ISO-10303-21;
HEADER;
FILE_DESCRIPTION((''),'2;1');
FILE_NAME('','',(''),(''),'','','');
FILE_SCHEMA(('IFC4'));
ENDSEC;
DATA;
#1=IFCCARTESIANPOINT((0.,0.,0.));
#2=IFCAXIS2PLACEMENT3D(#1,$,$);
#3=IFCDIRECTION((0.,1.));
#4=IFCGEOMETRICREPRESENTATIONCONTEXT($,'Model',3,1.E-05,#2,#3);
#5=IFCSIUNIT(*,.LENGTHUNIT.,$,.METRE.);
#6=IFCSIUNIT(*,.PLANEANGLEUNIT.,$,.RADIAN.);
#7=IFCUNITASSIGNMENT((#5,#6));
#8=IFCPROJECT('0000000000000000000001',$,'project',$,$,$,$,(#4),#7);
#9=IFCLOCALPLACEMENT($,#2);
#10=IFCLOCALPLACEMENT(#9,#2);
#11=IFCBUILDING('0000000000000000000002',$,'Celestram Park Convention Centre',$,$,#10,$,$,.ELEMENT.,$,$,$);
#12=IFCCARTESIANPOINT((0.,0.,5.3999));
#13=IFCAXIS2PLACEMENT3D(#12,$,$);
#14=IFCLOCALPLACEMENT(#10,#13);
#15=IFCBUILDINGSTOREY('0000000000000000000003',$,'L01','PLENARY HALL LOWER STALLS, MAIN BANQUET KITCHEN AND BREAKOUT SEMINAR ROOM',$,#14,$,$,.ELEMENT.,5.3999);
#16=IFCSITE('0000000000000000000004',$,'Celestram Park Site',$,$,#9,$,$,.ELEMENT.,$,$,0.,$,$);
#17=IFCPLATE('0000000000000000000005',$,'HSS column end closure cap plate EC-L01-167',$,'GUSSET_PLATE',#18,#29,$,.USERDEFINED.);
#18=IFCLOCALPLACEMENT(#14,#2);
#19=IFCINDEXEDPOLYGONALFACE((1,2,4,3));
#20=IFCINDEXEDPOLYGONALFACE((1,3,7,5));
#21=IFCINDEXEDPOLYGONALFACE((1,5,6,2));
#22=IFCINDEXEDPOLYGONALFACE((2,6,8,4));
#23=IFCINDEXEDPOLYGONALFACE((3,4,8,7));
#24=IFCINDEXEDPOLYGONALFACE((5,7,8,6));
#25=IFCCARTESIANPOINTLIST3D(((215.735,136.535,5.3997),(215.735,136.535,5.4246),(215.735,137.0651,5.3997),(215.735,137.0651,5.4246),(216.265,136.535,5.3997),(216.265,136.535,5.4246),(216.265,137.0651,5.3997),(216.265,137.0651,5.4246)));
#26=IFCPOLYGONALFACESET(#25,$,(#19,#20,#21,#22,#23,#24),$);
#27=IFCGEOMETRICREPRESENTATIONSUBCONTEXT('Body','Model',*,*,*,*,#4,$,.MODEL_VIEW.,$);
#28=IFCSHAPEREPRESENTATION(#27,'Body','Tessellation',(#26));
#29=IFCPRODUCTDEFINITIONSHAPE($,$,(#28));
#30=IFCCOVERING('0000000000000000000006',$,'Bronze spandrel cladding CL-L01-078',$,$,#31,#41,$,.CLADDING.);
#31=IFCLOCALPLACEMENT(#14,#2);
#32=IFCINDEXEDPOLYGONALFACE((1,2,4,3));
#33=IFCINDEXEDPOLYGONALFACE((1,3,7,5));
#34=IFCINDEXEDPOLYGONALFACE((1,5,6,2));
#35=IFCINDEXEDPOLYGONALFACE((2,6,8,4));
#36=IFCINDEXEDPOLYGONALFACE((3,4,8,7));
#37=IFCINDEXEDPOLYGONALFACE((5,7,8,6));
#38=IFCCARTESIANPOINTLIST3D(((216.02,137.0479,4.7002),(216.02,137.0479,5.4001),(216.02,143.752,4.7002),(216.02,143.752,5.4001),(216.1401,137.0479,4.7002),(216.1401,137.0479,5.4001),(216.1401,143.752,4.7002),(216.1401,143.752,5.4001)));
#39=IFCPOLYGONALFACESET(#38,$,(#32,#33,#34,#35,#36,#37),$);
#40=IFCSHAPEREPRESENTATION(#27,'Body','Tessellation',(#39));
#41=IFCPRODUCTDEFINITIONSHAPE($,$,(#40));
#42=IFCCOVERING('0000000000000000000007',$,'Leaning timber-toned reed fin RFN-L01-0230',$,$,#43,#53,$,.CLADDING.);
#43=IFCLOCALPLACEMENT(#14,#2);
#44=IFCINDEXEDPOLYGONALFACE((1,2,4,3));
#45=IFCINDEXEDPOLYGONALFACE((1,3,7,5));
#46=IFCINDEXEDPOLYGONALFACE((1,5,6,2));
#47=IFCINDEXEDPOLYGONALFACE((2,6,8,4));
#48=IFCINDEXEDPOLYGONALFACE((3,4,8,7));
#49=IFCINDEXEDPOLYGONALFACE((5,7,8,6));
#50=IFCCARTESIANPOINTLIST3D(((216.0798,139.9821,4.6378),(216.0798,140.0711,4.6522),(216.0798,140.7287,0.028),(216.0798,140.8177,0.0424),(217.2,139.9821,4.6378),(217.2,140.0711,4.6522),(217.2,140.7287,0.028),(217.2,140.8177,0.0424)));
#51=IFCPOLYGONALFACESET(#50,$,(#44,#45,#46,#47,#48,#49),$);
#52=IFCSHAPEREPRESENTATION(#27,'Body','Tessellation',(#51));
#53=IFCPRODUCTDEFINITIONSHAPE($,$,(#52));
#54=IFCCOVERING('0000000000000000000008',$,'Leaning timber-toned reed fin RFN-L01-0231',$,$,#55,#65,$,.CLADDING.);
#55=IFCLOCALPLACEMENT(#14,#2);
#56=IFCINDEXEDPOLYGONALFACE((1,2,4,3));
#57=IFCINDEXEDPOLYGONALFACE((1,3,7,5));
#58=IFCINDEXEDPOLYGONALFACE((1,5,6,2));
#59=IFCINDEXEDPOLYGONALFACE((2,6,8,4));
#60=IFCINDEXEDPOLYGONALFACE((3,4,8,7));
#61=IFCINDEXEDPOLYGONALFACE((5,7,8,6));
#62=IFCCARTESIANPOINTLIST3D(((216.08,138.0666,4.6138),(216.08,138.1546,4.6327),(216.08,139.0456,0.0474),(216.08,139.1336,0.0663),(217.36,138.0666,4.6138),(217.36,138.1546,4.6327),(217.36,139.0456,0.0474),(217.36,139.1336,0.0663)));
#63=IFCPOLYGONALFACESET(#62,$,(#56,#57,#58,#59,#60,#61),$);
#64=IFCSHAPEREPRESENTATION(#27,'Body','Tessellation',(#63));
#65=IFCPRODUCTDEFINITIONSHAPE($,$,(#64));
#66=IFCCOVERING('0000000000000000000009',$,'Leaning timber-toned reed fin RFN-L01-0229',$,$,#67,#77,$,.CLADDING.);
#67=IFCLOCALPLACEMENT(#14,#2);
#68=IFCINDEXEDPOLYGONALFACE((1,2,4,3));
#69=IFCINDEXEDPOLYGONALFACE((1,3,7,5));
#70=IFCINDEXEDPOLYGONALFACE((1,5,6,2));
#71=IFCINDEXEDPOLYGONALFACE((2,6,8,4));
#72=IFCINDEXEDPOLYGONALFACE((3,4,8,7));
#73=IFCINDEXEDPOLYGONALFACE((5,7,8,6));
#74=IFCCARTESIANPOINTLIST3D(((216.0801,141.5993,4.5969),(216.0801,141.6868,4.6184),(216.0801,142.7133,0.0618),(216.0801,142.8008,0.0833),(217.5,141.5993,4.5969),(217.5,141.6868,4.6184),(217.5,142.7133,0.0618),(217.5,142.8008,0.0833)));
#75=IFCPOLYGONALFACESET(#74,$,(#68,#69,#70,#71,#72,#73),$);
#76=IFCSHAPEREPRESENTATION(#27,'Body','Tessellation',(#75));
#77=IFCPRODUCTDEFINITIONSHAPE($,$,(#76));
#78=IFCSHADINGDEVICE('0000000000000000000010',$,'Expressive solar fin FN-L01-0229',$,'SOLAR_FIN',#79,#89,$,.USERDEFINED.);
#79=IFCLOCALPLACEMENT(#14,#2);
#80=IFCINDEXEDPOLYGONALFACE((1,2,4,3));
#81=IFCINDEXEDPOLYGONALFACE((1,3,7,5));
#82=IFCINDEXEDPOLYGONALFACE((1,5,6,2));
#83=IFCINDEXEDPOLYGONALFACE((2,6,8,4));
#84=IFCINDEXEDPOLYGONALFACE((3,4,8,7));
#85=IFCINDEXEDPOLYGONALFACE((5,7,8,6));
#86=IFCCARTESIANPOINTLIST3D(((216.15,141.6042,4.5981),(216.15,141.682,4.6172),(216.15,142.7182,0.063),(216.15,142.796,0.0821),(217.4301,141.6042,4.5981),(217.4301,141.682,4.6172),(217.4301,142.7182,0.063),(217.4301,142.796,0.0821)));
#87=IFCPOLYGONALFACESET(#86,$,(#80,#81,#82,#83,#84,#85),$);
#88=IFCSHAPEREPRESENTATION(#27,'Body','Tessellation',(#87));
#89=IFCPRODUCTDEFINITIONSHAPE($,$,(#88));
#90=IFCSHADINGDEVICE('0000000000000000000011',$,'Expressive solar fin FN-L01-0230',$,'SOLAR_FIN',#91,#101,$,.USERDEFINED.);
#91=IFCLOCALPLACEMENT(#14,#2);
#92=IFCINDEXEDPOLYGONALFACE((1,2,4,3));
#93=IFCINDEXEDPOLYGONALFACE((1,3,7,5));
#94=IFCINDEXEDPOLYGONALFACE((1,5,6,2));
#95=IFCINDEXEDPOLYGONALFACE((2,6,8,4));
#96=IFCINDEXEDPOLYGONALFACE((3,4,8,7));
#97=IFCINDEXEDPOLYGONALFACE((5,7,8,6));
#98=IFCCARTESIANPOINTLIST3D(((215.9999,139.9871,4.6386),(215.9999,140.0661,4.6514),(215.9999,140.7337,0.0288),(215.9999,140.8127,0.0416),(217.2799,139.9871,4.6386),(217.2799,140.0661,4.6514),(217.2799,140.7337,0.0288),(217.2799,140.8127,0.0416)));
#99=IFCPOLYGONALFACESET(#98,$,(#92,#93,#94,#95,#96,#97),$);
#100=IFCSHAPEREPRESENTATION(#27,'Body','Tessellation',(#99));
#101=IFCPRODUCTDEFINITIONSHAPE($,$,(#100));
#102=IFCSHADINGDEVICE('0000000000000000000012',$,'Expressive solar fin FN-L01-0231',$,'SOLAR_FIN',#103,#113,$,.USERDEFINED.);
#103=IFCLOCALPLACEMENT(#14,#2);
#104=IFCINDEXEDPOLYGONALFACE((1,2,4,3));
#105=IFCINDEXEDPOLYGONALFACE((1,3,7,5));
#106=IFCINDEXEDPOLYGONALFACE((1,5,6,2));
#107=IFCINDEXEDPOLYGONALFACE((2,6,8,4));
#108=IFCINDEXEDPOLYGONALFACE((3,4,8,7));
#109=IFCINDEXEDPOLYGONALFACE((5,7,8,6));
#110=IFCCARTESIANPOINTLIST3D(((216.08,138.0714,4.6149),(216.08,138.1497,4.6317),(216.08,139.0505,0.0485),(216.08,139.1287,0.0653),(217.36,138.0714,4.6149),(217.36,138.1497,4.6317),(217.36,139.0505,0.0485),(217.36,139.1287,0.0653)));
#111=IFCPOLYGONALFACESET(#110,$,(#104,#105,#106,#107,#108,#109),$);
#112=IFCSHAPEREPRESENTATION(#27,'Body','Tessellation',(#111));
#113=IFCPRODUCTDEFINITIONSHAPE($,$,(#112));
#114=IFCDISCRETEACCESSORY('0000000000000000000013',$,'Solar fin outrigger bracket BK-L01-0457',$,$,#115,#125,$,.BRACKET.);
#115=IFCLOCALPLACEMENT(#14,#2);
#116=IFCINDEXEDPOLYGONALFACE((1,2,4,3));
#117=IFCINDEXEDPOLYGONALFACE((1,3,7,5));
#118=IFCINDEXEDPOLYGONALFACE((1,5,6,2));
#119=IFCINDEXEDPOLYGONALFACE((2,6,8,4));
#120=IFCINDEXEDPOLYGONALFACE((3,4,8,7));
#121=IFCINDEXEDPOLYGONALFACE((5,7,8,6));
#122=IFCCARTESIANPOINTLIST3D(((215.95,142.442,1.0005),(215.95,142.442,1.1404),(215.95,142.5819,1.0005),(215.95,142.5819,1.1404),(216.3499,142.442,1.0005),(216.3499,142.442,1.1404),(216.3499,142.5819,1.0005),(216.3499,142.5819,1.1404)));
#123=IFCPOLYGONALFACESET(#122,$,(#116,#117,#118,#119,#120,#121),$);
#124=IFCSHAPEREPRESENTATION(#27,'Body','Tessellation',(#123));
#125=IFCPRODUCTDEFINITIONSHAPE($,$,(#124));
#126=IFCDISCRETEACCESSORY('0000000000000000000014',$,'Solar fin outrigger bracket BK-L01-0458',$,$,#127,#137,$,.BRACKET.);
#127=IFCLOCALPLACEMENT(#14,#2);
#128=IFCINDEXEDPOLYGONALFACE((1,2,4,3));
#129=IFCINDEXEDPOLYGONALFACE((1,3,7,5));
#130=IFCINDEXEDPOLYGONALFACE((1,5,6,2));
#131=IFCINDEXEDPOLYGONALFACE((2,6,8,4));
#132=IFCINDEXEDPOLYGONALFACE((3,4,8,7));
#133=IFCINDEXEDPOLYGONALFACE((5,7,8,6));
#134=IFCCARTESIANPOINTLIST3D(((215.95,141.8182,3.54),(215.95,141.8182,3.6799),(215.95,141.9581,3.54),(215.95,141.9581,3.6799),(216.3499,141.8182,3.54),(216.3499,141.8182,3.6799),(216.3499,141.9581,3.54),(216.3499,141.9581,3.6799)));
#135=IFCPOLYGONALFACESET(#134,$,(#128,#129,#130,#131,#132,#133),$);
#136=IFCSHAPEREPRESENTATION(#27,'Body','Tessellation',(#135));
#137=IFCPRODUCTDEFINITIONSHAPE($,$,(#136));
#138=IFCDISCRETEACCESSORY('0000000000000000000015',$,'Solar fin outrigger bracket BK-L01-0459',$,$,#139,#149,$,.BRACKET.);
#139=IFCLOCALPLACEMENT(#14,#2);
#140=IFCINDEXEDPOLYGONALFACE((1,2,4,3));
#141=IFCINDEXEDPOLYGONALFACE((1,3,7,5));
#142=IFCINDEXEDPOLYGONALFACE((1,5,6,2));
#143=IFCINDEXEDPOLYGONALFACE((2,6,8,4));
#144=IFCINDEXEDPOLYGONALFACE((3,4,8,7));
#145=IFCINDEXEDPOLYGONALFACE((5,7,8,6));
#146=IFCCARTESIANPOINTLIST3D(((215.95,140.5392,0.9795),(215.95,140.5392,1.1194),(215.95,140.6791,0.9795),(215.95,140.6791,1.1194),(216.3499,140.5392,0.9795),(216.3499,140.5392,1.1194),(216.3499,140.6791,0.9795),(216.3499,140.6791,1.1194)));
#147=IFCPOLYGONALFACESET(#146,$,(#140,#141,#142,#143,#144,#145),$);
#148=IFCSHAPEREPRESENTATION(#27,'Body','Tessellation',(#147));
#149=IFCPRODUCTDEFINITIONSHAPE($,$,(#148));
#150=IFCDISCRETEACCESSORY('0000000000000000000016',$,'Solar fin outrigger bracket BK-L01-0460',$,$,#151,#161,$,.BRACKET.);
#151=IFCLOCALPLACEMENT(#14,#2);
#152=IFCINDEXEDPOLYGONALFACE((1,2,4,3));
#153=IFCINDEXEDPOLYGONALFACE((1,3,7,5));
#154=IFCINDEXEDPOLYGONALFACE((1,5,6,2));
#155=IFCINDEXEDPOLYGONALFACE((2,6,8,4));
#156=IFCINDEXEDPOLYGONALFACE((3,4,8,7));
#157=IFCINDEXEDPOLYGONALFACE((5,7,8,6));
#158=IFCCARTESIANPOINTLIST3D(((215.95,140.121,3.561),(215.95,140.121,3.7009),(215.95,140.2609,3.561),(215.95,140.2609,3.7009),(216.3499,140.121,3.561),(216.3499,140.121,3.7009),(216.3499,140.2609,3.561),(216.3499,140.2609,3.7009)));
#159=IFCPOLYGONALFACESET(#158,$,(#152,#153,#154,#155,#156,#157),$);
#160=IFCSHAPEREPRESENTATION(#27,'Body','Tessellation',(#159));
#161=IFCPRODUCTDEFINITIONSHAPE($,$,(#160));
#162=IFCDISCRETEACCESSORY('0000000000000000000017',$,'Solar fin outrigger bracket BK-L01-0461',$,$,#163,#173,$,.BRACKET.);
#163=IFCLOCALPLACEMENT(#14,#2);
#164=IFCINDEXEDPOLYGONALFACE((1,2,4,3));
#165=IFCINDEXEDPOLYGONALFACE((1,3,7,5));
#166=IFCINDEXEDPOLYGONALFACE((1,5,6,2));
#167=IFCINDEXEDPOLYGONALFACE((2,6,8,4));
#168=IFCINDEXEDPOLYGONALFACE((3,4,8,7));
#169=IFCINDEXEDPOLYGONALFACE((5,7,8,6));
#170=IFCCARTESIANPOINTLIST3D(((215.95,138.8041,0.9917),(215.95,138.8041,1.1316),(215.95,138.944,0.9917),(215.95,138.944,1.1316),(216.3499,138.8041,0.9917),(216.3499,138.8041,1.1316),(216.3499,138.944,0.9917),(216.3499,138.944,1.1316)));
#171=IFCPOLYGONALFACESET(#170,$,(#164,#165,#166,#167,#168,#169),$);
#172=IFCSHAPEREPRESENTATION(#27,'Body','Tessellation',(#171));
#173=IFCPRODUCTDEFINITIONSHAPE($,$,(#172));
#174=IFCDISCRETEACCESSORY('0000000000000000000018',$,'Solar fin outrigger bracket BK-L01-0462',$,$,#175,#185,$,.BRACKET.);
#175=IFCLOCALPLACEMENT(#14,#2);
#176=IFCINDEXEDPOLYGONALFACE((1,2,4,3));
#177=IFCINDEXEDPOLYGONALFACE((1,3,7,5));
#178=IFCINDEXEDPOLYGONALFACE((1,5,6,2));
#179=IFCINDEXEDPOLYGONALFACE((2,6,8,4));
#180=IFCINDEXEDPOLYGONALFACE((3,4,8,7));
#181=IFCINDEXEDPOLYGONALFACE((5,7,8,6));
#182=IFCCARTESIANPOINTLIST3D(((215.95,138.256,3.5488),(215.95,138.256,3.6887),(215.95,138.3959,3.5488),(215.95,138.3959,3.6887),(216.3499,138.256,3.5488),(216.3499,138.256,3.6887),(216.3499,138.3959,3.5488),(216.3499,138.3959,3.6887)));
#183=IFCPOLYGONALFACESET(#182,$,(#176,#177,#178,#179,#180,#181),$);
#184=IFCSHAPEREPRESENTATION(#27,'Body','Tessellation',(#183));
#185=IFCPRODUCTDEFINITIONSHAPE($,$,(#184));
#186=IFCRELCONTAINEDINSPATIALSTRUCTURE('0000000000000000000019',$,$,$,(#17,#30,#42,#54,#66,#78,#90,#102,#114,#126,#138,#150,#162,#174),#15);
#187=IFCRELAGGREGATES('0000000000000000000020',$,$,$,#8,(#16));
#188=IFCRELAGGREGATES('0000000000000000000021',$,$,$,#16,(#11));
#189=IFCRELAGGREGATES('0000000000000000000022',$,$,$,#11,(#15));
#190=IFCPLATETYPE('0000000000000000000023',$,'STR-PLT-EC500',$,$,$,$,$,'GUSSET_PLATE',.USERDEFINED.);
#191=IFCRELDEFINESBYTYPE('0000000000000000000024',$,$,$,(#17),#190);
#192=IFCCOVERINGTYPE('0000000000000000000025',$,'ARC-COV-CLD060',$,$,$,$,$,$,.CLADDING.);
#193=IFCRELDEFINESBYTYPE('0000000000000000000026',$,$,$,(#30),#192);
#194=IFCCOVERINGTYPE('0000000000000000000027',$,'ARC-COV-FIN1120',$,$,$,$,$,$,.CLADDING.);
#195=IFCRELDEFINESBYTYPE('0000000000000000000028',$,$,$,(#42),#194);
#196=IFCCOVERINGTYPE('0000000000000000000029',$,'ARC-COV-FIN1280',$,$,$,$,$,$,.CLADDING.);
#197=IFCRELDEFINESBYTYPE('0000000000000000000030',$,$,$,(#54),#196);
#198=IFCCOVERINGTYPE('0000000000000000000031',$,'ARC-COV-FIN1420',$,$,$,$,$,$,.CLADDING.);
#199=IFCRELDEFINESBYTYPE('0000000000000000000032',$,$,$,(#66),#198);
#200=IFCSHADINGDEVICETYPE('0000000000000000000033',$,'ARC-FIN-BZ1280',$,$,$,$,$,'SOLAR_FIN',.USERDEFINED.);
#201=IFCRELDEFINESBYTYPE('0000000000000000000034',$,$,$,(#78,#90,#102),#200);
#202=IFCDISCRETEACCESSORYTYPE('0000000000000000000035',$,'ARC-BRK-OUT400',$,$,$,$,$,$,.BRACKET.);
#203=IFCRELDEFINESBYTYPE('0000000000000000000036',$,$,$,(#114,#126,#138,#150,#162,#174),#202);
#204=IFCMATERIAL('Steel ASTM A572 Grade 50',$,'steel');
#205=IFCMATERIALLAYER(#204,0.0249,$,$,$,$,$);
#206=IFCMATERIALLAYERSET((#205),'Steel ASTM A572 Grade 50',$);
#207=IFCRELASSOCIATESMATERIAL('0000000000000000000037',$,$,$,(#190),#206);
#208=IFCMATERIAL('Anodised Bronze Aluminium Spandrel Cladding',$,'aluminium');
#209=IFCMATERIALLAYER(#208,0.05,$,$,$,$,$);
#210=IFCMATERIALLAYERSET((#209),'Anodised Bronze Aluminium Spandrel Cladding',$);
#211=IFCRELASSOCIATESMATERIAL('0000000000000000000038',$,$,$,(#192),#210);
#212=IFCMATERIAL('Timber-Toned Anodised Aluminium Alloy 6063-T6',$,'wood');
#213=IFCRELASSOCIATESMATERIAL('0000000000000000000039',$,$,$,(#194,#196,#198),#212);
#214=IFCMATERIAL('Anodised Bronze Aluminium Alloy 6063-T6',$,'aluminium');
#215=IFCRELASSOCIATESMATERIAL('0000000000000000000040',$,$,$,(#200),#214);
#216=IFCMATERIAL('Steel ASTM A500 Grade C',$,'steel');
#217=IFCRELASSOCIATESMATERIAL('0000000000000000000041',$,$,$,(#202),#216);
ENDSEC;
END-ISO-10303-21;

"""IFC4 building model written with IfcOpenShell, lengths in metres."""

from ifc_helpers import new_model, si_unit, direction, frame, origin, origin_2d, place, context, subcontext, project, spatial, rectangle, extrude, material, layer, layer_set, material_profile, profile_set, type_object, element, save


model = new_model("IFC4")

# Units and contexts
model_context = context("Model", 3, precision=1e-05, world=origin(), true_north=direction((0.0, 1.0)))
body_context = subcontext(model_context, "Body", "Model", "MODEL_VIEW")
ifc_project = project(units=[si_unit("LENGTHUNIT", "METRE"), si_unit("PLANEANGLEUNIT", "RADIAN")], contexts=[model_context])

# Site, building, storey
site_placement = place(None, origin())
site = spatial("IfcSite", under=ifc_project, at=site_placement, Name="Celestram Park Site", CompositionType="ELEMENT", RefElevation=0.0)
building_placement = place(site_placement, origin())
building = spatial("IfcBuilding", under=site, at=building_placement, Name="Celestram Park Convention Centre", CompositionType="ELEMENT")
storey_placement = place(building_placement, frame((0.0, 0.0, 5.3999)))
storey = spatial("IfcBuildingStorey", under=building, at=storey_placement, Name="L01", Description="PLENARY HALL LOWER STALLS, MAIN BANQUET KITCHEN AND BREAKOUT SEMINAR ROOM", CompositionType="ELEMENT", Elevation=5.3999)

# Shared definitions
ifc_material_1 = material(Name="Steel ASTM A500 Grade C", Category="steel")

# Plate
ifc_material_2 = material(Name="Steel ASTM A572 Grade 50", Category="steel")
ifc_layer_1 = layer(ifc_material_2, 0.0249)
ifc_layer_set_1 = layer_set([ifc_layer_1], Name="Steel ASTM A572 Grade 50")
plate_type_1 = type_object("IfcPlateType", Name="STR-PLT-EC500", ElementType="GUSSET_PLATE", PredefinedType="USERDEFINED", material=ifc_layer_set_1)
plate_1_placement = place(storey_placement, frame((216.0, 136.8, 5.3997), z_axis=(0.0, 0.0, 1.0), x_axis=(1.0, 0.0, 0.0)))
element("IfcPlate", 1, at=plate_1_placement, inside=storey, type_object=plate_type_1, Name="HSS column end closure cap plate EC-L01-167", ObjectType="GUSSET_PLATE", PredefinedType="USERDEFINED", context=body_context, shape_type="SweptSolid", body=[
    extrude(rectangle(XDim=0.53, YDim=0.53, at=origin_2d()), origin(), (0.0, 0.0, 1.0), 0.0249),
])

# Coverings
ifc_material_3 = material(Name="Anodised Bronze Aluminium Spandrel Cladding", Category="aluminium")
ifc_layer_2 = layer(ifc_material_3, 0.05)
ifc_layer_set_2 = layer_set([ifc_layer_2], Name="Anodised Bronze Aluminium Spandrel Cladding")
covering_type_1 = type_object("IfcCoveringType", Name="ARC-COV-CLD060", PredefinedType="CLADDING", material=ifc_layer_set_2)
covering_1_placement = place(storey_placement, frame((216.0801, 140.3999, 4.7002), z_axis=(0.0, 0.0, 1.0), x_axis=(0.0, -1.0, 0.0)))
element("IfcCovering", 2, at=covering_1_placement, inside=storey, type_object=covering_type_1, Name="Bronze spandrel cladding CL-L01-078", PredefinedType="CLADDING", context=body_context, shape_type="SweptSolid", body=[
    extrude(rectangle(XDim=6.7041, YDim=0.1201, at=origin_2d()), origin(), (0.0, 0.0, 1.0), 0.7),
])
ifc_material_4 = material(Name="Timber-Toned Anodised Aluminium Alloy 6063-T6", Category="wood")
ifc_material_profile_1 = material_profile(ifc_material_4, rectangle(XDim=1.1201, YDim=0.0901, at=origin_2d()), Name="REED1120X90")
ifc_profile_set_1 = profile_set([ifc_material_profile_1], Name="Timber-Toned Anodised Aluminium Alloy 6063-T6")
covering_type_2 = type_object("IfcCoveringType", Name="ARC-COV-FIN1120", PredefinedType="CLADDING", material=ifc_profile_set_1)
covering_2_placement = place(storey_placement, frame((216.6399, 140.7732, 0.0352), z_axis=(0.0, -0.15987, 0.987138), x_axis=(1.0, 0.0, 0.0)))
element("IfcCovering", 3, at=covering_2_placement, inside=storey, type_object=covering_type_2, Name="Leaning timber-toned reed fin RFN-L01-0230", PredefinedType="CLADDING", context=body_context, shape_type="SweptSolid", body=[
    extrude(rectangle(XDim=1.1201, YDim=0.0901, at=origin_2d()), origin(), (0.0, 0.0, 1.0), 4.6699),
])
ifc_material_profile_2 = material_profile(ifc_material_4, rectangle(XDim=1.28, YDim=0.0901, at=origin_2d()), Name="REED1280X90")
ifc_profile_set_2 = profile_set([ifc_material_profile_2], Name="Timber-Toned Anodised Aluminium Alloy 6063-T6")
covering_type_3 = type_object("IfcCoveringType", Name="ARC-COV-FIN1280", PredefinedType="CLADDING", material=ifc_profile_set_2)
covering_3_placement = place(storey_placement, frame((216.72, 139.0896, 0.0569), z_axis=(0.0, -0.209629, 0.977781), x_axis=(1.0, 0.0, 0.0)))
element("IfcCovering", 4, at=covering_3_placement, inside=storey, type_object=covering_type_3, Name="Leaning timber-toned reed fin RFN-L01-0231", PredefinedType="CLADDING", context=body_context, shape_type="SweptSolid", body=[
    extrude(rectangle(XDim=1.28, YDim=0.0901, at=origin_2d()), origin(), (0.0, 0.0, 1.0), 4.6702),
])
ifc_material_profile_3 = material_profile(ifc_material_4, rectangle(XDim=1.4199, YDim=0.0901, at=origin_2d()), Name="REED1420X90")
ifc_profile_set_3 = profile_set([ifc_material_profile_3], Name="Timber-Toned Anodised Aluminium Alloy 6063-T6")
covering_type_4 = type_object("IfcCoveringType", Name="ARC-COV-FIN1420", PredefinedType="CLADDING", material=ifc_profile_set_3)
covering_4_placement = place(storey_placement, frame((216.79, 142.7571, 0.0725), z_axis=(0.0, -0.238548, 0.971131), x_axis=(1.0, 0.0, 0.0)))
element("IfcCovering", 5, at=covering_4_placement, inside=storey, type_object=covering_type_4, Name="Leaning timber-toned reed fin RFN-L01-0229", PredefinedType="CLADDING", context=body_context, shape_type="SweptSolid", body=[
    extrude(rectangle(XDim=1.4199, YDim=0.0901, at=origin_2d()), origin(), (0.0, 0.0, 1.0), 4.6699),
])

# Shading devices
ifc_material_5 = material(Name="Anodised Bronze Aluminium Alloy 6063-T6", Category="aluminium")
ifc_material_profile_4 = material_profile(ifc_material_5, rectangle(XDim=1.28, YDim=0.0801, at=origin_2d()), Name="FIN1280X80")
ifc_profile_set_4 = profile_set([ifc_material_profile_4], Name="Anodised Bronze Aluminium Alloy 6063-T6")
shading_device_type = type_object("IfcShadingDeviceType", Name="ARC-FIN-BZ1280", ElementType="SOLAR_FIN", PredefinedType="USERDEFINED", material=ifc_profile_set_4)
for number, where, z_axis, x_axis, name in (
    (6, (216.79, 142.7571, 0.0725), (0.0, -0.238548, 0.971131), (1.0, 0.0, 0.0), "Expressive solar fin FN-L01-0229"),
    (7, (216.6399, 140.7732, 0.0352), (0.0, -0.15987, 0.987138), (1.0, 0.0, 0.0), "Expressive solar fin FN-L01-0230"),
):
    element("IfcShadingDevice", number, at=place(storey_placement, frame(where, z_axis=z_axis, x_axis=x_axis)), inside=storey, type_object=shading_device_type, Name=name, ObjectType="SOLAR_FIN", PredefinedType="USERDEFINED", context=body_context, shape_type="SweptSolid", body=[
        extrude(rectangle(XDim=1.28, YDim=0.0801, at=origin_2d()), origin(), (0.0, 0.0, 1.0), 4.6699),
    ])
shading_device_placement = place(storey_placement, frame((216.72, 139.0896, 0.0569), z_axis=(0.0, -0.209629, 0.977781), x_axis=(1.0, 0.0, 0.0)))
element("IfcShadingDevice", 8, at=shading_device_placement, inside=storey, type_object=shading_device_type, Name="Expressive solar fin FN-L01-0231", ObjectType="SOLAR_FIN", PredefinedType="USERDEFINED", context=body_context, shape_type="SweptSolid", body=[
    extrude(rectangle(XDim=1.28, YDim=0.0801, at=origin_2d()), origin(), (0.0, 0.0, 1.0), 4.6702),
])

# Discrete accessories
discrete_accessory_type = type_object("IfcDiscreteAccessoryType", Name="ARC-BRK-OUT400", PredefinedType="BRACKET", material=ifc_material_1)
for number, where, z_axis, x_axis, name in (
    (9, (216.1499, 142.512, 1.0005), (0.0, 0.0, 1.0), (1.0, 0.0, 0.0), "Solar fin outrigger bracket BK-L01-0457"),
    (10, (216.1499, 141.8882, 3.54), (0.0, 0.0, 1.0), (1.0, 0.0, 0.0), "Solar fin outrigger bracket BK-L01-0458"),
    (11, (216.1499, 140.6091, 0.9795), (0.0, 0.0, 1.0), (1.0, 0.0, 0.0), "Solar fin outrigger bracket BK-L01-0459"),
    (12, (216.1499, 140.1909, 3.561), (0.0, 0.0, 1.0), (1.0, 0.0, 0.0), "Solar fin outrigger bracket BK-L01-0460"),
    (13, (216.1499, 138.874, 0.9917), (0.0, 0.0, 1.0), (1.0, 0.0, 0.0), "Solar fin outrigger bracket BK-L01-0461"),
    (14, (216.1499, 138.3259, 3.5488), (0.0, 0.0, 1.0), (1.0, 0.0, 0.0), "Solar fin outrigger bracket BK-L01-0462"),
):
    element("IfcDiscreteAccessory", number, at=place(storey_placement, frame(where, z_axis=z_axis, x_axis=x_axis)), inside=storey, type_object=discrete_accessory_type, Name=name, PredefinedType="BRACKET", context=body_context, shape_type="SweptSolid", body=[
        extrude(rectangle(XDim=0.3999, YDim=0.1399, at=origin_2d()), origin(), (0.0, 0.0, 1.0), 0.1399),
    ])

save(model, "model.ifc")
